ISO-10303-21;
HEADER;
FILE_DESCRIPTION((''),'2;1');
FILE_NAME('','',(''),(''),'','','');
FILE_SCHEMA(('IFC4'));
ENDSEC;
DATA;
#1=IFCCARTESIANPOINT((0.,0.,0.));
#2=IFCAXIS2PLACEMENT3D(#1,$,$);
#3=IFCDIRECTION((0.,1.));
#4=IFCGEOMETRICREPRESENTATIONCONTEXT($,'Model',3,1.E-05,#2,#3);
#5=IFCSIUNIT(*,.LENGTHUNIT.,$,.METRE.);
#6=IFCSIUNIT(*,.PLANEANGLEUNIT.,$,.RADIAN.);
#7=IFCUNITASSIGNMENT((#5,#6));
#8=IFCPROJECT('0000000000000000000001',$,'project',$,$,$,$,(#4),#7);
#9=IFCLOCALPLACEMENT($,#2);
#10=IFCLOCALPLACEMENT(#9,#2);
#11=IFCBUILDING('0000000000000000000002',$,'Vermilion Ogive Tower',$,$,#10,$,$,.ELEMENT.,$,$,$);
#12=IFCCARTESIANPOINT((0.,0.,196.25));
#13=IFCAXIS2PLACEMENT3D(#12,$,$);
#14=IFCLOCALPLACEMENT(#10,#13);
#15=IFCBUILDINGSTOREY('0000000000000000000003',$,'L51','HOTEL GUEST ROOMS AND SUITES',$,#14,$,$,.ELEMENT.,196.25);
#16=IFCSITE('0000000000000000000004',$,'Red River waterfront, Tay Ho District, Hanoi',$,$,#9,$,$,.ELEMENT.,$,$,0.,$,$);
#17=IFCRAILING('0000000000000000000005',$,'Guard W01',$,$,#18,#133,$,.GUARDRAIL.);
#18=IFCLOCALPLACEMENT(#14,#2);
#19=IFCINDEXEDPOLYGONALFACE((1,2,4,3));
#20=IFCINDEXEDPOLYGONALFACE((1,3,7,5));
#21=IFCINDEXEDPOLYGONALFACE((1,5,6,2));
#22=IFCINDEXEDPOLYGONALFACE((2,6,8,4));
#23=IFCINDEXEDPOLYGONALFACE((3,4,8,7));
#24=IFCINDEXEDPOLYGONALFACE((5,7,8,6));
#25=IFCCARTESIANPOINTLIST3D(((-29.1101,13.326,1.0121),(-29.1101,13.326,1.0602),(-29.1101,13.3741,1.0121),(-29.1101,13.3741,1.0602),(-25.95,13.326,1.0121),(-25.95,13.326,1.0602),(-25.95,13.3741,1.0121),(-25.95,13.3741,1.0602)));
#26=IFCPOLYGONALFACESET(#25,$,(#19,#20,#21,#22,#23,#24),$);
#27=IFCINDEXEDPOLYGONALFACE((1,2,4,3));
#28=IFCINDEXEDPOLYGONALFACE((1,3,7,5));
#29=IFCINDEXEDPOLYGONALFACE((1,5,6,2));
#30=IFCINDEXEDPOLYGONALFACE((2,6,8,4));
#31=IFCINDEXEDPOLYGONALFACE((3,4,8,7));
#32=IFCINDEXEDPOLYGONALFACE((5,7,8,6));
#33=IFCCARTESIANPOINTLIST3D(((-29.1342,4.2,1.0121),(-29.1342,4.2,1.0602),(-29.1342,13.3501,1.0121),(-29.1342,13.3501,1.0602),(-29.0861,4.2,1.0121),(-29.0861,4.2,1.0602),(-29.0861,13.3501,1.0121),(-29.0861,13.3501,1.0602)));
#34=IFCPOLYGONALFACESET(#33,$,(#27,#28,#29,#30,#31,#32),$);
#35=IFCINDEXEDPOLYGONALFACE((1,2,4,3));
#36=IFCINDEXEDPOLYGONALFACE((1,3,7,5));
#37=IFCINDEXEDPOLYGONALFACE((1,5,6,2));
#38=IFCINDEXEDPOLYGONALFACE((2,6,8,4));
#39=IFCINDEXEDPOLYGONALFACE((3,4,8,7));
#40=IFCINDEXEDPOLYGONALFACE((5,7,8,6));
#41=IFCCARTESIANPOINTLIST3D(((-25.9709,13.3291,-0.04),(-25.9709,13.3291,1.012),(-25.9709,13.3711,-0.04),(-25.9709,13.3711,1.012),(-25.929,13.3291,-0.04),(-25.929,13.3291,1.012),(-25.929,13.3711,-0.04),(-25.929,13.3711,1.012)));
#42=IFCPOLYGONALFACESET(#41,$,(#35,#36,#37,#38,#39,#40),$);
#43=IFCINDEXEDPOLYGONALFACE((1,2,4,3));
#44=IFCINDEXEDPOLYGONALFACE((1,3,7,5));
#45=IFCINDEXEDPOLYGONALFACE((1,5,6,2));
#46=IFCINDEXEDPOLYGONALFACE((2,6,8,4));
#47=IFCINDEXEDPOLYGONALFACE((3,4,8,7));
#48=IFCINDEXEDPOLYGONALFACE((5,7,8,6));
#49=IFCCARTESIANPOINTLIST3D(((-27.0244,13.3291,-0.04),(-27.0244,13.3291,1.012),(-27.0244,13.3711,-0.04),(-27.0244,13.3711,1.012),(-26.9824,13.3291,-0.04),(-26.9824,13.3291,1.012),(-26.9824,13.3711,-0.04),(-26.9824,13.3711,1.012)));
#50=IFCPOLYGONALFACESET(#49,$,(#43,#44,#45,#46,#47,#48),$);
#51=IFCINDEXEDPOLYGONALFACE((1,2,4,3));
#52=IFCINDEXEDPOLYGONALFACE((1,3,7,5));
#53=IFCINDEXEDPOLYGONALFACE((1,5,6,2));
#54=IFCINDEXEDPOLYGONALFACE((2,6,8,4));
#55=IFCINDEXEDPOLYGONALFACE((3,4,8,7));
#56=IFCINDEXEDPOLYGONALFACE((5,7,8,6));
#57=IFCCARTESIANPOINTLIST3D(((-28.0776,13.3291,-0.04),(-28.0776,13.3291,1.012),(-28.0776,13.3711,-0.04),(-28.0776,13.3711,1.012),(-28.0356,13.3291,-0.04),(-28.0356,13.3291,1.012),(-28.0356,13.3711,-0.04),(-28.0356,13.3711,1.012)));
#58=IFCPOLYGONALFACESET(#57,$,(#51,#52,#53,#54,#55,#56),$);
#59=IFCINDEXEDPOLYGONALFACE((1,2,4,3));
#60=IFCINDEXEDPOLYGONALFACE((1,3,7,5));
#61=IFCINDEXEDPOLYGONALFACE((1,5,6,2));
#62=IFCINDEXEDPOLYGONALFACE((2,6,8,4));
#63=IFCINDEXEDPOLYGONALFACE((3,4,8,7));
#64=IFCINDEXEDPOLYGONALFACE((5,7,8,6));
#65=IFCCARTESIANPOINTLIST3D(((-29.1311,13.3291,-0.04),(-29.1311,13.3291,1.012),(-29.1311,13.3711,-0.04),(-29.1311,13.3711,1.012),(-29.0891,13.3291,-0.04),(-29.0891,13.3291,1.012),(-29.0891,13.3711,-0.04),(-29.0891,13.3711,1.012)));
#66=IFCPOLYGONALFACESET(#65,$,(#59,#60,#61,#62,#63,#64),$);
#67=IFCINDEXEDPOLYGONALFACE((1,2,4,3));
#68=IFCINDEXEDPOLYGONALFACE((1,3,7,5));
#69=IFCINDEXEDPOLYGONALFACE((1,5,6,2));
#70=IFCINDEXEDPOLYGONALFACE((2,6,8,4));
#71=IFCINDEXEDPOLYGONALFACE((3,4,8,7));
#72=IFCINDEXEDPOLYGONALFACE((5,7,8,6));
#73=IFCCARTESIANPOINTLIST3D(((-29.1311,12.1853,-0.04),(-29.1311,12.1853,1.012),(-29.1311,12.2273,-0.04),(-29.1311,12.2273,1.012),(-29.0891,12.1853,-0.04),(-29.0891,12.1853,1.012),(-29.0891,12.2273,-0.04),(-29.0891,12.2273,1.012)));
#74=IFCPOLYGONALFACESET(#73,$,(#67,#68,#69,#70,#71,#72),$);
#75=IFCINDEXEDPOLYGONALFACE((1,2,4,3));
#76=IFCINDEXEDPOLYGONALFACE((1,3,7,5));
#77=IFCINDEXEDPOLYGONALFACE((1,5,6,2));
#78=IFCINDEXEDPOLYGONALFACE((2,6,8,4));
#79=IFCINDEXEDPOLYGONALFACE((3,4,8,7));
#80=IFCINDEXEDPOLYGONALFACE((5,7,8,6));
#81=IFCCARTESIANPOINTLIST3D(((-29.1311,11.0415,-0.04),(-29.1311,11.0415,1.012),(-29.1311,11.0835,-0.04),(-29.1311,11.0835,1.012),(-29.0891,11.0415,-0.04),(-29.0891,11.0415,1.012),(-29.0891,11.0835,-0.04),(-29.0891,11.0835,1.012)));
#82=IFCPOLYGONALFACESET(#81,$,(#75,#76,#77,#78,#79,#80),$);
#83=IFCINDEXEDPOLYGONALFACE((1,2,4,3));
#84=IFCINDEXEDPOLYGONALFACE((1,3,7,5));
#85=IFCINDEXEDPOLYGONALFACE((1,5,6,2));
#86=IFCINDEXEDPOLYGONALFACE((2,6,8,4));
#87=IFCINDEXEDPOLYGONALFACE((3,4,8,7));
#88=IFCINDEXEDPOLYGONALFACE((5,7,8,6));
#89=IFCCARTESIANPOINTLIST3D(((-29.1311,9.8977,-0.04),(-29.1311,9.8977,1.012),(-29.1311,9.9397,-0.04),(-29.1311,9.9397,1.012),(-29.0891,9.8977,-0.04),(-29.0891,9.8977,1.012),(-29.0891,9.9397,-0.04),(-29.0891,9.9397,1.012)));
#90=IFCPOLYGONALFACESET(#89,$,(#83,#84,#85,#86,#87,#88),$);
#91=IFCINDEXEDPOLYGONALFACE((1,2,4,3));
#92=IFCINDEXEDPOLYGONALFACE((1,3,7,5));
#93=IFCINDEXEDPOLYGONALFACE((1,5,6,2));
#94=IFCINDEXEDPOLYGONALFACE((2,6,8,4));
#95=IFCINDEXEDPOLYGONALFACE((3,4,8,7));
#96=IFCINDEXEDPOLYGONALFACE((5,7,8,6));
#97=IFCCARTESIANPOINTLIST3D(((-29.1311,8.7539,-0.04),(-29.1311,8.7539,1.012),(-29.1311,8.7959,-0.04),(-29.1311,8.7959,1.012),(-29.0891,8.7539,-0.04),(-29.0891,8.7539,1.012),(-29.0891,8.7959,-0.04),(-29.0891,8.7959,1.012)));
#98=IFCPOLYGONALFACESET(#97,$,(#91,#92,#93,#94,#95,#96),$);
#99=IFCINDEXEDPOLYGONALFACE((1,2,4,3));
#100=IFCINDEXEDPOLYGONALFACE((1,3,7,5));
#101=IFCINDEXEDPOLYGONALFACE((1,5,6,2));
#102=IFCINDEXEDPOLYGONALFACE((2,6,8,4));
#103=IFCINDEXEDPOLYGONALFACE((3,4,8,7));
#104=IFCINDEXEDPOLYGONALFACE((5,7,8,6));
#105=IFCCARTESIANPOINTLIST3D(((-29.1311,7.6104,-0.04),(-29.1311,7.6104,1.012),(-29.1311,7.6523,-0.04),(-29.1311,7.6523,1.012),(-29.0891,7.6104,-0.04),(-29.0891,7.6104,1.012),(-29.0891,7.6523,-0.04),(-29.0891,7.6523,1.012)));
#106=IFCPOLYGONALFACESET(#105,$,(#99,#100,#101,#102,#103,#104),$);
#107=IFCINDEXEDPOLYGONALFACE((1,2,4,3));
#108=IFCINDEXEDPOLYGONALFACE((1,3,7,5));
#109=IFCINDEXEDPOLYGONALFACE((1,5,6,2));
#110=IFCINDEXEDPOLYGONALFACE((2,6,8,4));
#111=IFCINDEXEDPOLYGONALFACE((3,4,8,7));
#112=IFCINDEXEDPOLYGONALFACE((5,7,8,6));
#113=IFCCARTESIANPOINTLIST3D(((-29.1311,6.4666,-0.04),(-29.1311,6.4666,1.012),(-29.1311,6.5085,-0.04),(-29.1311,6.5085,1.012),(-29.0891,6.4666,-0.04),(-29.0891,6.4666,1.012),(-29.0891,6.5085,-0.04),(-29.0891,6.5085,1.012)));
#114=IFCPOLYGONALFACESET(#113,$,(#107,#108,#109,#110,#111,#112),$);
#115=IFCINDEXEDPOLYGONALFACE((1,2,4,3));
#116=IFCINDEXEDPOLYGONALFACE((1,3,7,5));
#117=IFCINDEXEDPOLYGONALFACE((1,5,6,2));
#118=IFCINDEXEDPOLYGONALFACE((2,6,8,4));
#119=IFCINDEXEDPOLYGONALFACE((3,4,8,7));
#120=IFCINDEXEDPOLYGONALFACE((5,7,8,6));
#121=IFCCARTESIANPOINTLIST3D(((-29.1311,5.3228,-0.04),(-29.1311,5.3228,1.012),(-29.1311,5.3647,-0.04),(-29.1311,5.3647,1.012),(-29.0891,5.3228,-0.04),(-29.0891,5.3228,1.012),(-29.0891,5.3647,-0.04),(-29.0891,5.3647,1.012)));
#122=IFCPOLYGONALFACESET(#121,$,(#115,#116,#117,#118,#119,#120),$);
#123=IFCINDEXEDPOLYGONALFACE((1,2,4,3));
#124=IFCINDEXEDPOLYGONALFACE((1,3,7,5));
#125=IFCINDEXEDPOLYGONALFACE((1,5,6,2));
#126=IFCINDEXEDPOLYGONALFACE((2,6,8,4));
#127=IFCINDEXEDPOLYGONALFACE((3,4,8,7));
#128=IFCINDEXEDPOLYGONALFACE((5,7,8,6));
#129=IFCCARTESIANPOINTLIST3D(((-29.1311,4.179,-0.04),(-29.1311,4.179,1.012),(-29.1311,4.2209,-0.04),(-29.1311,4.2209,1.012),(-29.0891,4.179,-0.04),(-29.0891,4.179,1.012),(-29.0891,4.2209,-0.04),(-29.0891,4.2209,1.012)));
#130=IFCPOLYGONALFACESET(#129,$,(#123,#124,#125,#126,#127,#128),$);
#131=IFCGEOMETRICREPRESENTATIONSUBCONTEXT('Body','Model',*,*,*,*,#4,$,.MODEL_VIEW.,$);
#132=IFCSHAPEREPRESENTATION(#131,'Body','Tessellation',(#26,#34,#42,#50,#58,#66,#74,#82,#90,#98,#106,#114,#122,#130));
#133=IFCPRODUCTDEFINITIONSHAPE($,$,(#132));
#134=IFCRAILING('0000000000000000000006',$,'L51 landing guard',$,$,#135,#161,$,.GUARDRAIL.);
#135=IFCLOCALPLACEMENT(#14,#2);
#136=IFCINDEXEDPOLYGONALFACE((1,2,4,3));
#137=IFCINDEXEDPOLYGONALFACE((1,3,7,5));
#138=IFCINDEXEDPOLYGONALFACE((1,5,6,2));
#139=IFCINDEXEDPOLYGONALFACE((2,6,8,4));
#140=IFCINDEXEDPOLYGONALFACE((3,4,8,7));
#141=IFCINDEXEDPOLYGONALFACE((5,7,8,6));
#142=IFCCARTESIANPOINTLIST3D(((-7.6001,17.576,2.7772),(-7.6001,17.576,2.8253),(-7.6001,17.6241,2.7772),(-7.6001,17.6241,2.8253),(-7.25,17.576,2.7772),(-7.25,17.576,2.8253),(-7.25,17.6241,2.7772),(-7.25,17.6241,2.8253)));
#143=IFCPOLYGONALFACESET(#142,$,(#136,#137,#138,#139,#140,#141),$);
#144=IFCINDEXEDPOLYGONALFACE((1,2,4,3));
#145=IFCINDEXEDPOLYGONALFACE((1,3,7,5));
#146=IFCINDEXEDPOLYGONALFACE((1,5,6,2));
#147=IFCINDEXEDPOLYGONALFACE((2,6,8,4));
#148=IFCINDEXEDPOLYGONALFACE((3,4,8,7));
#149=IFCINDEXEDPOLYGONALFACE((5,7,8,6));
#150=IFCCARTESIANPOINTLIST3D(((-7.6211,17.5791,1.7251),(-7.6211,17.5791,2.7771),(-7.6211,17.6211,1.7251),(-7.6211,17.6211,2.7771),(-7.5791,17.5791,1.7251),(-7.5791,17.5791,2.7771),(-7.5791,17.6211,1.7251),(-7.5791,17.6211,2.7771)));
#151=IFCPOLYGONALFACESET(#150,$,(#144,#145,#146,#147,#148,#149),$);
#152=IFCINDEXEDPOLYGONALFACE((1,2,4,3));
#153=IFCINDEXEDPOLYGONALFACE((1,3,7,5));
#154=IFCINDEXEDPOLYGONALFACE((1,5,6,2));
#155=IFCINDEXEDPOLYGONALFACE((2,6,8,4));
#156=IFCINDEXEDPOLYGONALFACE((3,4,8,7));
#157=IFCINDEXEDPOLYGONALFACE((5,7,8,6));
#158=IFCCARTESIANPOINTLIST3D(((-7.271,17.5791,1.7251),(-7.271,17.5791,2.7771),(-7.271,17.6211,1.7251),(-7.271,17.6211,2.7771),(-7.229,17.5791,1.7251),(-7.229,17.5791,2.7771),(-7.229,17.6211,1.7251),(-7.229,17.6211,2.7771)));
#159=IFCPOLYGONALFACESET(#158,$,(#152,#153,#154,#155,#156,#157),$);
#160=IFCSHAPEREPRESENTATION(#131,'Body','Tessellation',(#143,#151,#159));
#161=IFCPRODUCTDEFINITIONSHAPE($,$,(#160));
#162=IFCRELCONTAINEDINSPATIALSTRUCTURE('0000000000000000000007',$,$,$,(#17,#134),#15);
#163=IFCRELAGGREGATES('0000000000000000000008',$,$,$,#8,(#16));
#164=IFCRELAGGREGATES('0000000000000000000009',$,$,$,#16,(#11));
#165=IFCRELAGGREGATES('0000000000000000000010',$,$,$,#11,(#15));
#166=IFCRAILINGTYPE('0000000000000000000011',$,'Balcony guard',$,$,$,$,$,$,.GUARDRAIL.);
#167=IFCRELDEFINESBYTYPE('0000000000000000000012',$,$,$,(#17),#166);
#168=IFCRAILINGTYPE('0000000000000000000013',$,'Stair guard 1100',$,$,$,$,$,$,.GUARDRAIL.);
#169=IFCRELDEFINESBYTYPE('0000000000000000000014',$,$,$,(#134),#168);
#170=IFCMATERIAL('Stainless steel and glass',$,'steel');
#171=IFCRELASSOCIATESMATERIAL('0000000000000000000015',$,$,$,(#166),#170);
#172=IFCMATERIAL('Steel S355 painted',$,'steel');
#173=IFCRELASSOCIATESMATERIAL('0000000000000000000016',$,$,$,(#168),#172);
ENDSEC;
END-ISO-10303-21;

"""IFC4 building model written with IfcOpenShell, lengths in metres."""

from ifc_helpers import new_model, si_unit, direction, frame, origin, origin_2d, place, context, subcontext, project, spatial, rectangle, extrude, material, type_object, element, save


model = new_model("IFC4")

# Units and contexts
model_context = context("Model", 3, precision=1e-05, world=origin(), true_north=direction((0.0, 1.0)))
body_context = subcontext(model_context, "Body", "Model", "MODEL_VIEW")
ifc_project = project(units=[si_unit("LENGTHUNIT", "METRE"), si_unit("PLANEANGLEUNIT", "RADIAN")], contexts=[model_context])

# Site, building, storey
site_placement = place(None, origin())
site = spatial("IfcSite", under=ifc_project, at=site_placement, Name="Red River waterfront, Tay Ho District, Hanoi", CompositionType="ELEMENT", RefElevation=0.0)
building_placement = place(site_placement, origin())
building = spatial("IfcBuilding", under=site, at=building_placement, Name="Vermilion Ogive Tower", CompositionType="ELEMENT")
storey_placement = place(building_placement, frame((0.0, 0.0, 196.25)))
storey = spatial("IfcBuildingStorey", under=building, at=storey_placement, Name="L51", Description="HOTEL GUEST ROOMS AND SUITES", CompositionType="ELEMENT", Elevation=196.25)

# Railings
ifc_material_1 = material(Name="Stainless steel and glass", Category="steel")
railing_type_1 = type_object("IfcRailingType", Name="Balcony guard", PredefinedType="GUARDRAIL", material=ifc_material_1)
railing_1_placement = place(storey_placement, frame((-25.95, 13.3501, -0.04)))
element("IfcRailing", 1, at=railing_1_placement, inside=storey, type_object=railing_type_1, Name="Guard W01", PredefinedType="GUARDRAIL", context=body_context, shape_type="SweptSolid", body=[
    extrude(rectangle(XDim=0.0481, YDim=0.0481, at=origin_2d()), frame((0.0, 0.0, 1.0762), z_axis=(-1.0, 0.0, 0.0), x_axis=(0.0, -1.0, 0.0)), (0.0, 0.0, 1.0), 3.1602),
    extrude(rectangle(XDim=0.0481, YDim=0.0481, at=origin_2d()), frame((-3.1602, 0.0, 1.0762), z_axis=(0.0, -1.0, 0.0), x_axis=(1.0, 0.0, 0.0)), (0.0, 0.0, 1.0), 9.1501),
    extrude(rectangle(XDim=0.042, YDim=0.042, at=origin_2d()), origin(), (0.0, 0.0, 1.0), 1.052),
    extrude(rectangle(XDim=0.042, YDim=0.042, at=origin_2d()), frame((-1.0535, 0.0, 0.0)), (0.0, 0.0, 1.0), 1.052),
    extrude(rectangle(XDim=0.042, YDim=0.042, at=origin_2d()), frame((-2.1067, 0.0, 0.0)), (0.0, 0.0, 1.0), 1.052),
    extrude(rectangle(XDim=0.042, YDim=0.042, at=origin_2d()), frame((-3.1602, 0.0, 0.0)), (0.0, 0.0, 1.0), 1.052),
    extrude(rectangle(XDim=0.042, YDim=0.042, at=origin_2d()), frame((-3.1602, -1.1438, 0.0)), (0.0, 0.0, 1.0), 1.052),
    extrude(rectangle(XDim=0.042, YDim=0.042, at=origin_2d()), frame((-3.1602, -2.2876, 0.0)), (0.0, 0.0, 1.0), 1.052),
    extrude(rectangle(XDim=0.042, YDim=0.042, at=origin_2d()), frame((-3.1602, -3.4314, 0.0)), (0.0, 0.0, 1.0), 1.052),
    extrude(rectangle(XDim=0.042, YDim=0.042, at=origin_2d()), frame((-3.1602, -4.5752, 0.0)), (0.0, 0.0, 1.0), 1.052),
    extrude(rectangle(XDim=0.042, YDim=0.042, at=origin_2d()), frame((-3.1602, -5.7188, 0.0)), (0.0, 0.0, 1.0), 1.052),
    extrude(rectangle(XDim=0.042, YDim=0.042, at=origin_2d()), frame((-3.1602, -6.8625, 0.0)), (0.0, 0.0, 1.0), 1.052),
    extrude(rectangle(XDim=0.042, YDim=0.042, at=origin_2d()), frame((-3.1602, -8.0063, 0.0)), (0.0, 0.0, 1.0), 1.052),
    extrude(rectangle(XDim=0.042, YDim=0.042, at=origin_2d()), frame((-3.1602, -9.1501, 0.0)), (0.0, 0.0, 1.0), 1.052),
])
ifc_material_2 = material(Name="Steel S355 painted", Category="steel")
railing_type_2 = type_object("IfcRailingType", Name="Stair guard 1100", PredefinedType="GUARDRAIL", material=ifc_material_2)
railing_2_placement = place(storey_placement, frame((-7.6001, 17.6001, 1.7251)))
element("IfcRailing", 2, at=railing_2_placement, inside=storey, type_object=railing_type_2, Name="L51 landing guard", PredefinedType="GUARDRAIL", context=body_context, shape_type="SweptSolid", body=[
    extrude(rectangle(XDim=0.0481, YDim=0.0481, at=origin_2d()), frame((0.0, 0.0, 1.0762), z_axis=(1.0, 0.0, 0.0), x_axis=(0.0, 1.0, 0.0)), (0.0, 0.0, 1.0), 0.3501),
    extrude(rectangle(XDim=0.042, YDim=0.042, at=origin_2d()), origin(), (0.0, 0.0, 1.0), 1.052),
    extrude(rectangle(XDim=0.042, YDim=0.042, at=origin_2d()), frame((0.3501, 0.0, 0.0)), (0.0, 0.0, 1.0), 1.052),
])

save(model, "model.ifc")
